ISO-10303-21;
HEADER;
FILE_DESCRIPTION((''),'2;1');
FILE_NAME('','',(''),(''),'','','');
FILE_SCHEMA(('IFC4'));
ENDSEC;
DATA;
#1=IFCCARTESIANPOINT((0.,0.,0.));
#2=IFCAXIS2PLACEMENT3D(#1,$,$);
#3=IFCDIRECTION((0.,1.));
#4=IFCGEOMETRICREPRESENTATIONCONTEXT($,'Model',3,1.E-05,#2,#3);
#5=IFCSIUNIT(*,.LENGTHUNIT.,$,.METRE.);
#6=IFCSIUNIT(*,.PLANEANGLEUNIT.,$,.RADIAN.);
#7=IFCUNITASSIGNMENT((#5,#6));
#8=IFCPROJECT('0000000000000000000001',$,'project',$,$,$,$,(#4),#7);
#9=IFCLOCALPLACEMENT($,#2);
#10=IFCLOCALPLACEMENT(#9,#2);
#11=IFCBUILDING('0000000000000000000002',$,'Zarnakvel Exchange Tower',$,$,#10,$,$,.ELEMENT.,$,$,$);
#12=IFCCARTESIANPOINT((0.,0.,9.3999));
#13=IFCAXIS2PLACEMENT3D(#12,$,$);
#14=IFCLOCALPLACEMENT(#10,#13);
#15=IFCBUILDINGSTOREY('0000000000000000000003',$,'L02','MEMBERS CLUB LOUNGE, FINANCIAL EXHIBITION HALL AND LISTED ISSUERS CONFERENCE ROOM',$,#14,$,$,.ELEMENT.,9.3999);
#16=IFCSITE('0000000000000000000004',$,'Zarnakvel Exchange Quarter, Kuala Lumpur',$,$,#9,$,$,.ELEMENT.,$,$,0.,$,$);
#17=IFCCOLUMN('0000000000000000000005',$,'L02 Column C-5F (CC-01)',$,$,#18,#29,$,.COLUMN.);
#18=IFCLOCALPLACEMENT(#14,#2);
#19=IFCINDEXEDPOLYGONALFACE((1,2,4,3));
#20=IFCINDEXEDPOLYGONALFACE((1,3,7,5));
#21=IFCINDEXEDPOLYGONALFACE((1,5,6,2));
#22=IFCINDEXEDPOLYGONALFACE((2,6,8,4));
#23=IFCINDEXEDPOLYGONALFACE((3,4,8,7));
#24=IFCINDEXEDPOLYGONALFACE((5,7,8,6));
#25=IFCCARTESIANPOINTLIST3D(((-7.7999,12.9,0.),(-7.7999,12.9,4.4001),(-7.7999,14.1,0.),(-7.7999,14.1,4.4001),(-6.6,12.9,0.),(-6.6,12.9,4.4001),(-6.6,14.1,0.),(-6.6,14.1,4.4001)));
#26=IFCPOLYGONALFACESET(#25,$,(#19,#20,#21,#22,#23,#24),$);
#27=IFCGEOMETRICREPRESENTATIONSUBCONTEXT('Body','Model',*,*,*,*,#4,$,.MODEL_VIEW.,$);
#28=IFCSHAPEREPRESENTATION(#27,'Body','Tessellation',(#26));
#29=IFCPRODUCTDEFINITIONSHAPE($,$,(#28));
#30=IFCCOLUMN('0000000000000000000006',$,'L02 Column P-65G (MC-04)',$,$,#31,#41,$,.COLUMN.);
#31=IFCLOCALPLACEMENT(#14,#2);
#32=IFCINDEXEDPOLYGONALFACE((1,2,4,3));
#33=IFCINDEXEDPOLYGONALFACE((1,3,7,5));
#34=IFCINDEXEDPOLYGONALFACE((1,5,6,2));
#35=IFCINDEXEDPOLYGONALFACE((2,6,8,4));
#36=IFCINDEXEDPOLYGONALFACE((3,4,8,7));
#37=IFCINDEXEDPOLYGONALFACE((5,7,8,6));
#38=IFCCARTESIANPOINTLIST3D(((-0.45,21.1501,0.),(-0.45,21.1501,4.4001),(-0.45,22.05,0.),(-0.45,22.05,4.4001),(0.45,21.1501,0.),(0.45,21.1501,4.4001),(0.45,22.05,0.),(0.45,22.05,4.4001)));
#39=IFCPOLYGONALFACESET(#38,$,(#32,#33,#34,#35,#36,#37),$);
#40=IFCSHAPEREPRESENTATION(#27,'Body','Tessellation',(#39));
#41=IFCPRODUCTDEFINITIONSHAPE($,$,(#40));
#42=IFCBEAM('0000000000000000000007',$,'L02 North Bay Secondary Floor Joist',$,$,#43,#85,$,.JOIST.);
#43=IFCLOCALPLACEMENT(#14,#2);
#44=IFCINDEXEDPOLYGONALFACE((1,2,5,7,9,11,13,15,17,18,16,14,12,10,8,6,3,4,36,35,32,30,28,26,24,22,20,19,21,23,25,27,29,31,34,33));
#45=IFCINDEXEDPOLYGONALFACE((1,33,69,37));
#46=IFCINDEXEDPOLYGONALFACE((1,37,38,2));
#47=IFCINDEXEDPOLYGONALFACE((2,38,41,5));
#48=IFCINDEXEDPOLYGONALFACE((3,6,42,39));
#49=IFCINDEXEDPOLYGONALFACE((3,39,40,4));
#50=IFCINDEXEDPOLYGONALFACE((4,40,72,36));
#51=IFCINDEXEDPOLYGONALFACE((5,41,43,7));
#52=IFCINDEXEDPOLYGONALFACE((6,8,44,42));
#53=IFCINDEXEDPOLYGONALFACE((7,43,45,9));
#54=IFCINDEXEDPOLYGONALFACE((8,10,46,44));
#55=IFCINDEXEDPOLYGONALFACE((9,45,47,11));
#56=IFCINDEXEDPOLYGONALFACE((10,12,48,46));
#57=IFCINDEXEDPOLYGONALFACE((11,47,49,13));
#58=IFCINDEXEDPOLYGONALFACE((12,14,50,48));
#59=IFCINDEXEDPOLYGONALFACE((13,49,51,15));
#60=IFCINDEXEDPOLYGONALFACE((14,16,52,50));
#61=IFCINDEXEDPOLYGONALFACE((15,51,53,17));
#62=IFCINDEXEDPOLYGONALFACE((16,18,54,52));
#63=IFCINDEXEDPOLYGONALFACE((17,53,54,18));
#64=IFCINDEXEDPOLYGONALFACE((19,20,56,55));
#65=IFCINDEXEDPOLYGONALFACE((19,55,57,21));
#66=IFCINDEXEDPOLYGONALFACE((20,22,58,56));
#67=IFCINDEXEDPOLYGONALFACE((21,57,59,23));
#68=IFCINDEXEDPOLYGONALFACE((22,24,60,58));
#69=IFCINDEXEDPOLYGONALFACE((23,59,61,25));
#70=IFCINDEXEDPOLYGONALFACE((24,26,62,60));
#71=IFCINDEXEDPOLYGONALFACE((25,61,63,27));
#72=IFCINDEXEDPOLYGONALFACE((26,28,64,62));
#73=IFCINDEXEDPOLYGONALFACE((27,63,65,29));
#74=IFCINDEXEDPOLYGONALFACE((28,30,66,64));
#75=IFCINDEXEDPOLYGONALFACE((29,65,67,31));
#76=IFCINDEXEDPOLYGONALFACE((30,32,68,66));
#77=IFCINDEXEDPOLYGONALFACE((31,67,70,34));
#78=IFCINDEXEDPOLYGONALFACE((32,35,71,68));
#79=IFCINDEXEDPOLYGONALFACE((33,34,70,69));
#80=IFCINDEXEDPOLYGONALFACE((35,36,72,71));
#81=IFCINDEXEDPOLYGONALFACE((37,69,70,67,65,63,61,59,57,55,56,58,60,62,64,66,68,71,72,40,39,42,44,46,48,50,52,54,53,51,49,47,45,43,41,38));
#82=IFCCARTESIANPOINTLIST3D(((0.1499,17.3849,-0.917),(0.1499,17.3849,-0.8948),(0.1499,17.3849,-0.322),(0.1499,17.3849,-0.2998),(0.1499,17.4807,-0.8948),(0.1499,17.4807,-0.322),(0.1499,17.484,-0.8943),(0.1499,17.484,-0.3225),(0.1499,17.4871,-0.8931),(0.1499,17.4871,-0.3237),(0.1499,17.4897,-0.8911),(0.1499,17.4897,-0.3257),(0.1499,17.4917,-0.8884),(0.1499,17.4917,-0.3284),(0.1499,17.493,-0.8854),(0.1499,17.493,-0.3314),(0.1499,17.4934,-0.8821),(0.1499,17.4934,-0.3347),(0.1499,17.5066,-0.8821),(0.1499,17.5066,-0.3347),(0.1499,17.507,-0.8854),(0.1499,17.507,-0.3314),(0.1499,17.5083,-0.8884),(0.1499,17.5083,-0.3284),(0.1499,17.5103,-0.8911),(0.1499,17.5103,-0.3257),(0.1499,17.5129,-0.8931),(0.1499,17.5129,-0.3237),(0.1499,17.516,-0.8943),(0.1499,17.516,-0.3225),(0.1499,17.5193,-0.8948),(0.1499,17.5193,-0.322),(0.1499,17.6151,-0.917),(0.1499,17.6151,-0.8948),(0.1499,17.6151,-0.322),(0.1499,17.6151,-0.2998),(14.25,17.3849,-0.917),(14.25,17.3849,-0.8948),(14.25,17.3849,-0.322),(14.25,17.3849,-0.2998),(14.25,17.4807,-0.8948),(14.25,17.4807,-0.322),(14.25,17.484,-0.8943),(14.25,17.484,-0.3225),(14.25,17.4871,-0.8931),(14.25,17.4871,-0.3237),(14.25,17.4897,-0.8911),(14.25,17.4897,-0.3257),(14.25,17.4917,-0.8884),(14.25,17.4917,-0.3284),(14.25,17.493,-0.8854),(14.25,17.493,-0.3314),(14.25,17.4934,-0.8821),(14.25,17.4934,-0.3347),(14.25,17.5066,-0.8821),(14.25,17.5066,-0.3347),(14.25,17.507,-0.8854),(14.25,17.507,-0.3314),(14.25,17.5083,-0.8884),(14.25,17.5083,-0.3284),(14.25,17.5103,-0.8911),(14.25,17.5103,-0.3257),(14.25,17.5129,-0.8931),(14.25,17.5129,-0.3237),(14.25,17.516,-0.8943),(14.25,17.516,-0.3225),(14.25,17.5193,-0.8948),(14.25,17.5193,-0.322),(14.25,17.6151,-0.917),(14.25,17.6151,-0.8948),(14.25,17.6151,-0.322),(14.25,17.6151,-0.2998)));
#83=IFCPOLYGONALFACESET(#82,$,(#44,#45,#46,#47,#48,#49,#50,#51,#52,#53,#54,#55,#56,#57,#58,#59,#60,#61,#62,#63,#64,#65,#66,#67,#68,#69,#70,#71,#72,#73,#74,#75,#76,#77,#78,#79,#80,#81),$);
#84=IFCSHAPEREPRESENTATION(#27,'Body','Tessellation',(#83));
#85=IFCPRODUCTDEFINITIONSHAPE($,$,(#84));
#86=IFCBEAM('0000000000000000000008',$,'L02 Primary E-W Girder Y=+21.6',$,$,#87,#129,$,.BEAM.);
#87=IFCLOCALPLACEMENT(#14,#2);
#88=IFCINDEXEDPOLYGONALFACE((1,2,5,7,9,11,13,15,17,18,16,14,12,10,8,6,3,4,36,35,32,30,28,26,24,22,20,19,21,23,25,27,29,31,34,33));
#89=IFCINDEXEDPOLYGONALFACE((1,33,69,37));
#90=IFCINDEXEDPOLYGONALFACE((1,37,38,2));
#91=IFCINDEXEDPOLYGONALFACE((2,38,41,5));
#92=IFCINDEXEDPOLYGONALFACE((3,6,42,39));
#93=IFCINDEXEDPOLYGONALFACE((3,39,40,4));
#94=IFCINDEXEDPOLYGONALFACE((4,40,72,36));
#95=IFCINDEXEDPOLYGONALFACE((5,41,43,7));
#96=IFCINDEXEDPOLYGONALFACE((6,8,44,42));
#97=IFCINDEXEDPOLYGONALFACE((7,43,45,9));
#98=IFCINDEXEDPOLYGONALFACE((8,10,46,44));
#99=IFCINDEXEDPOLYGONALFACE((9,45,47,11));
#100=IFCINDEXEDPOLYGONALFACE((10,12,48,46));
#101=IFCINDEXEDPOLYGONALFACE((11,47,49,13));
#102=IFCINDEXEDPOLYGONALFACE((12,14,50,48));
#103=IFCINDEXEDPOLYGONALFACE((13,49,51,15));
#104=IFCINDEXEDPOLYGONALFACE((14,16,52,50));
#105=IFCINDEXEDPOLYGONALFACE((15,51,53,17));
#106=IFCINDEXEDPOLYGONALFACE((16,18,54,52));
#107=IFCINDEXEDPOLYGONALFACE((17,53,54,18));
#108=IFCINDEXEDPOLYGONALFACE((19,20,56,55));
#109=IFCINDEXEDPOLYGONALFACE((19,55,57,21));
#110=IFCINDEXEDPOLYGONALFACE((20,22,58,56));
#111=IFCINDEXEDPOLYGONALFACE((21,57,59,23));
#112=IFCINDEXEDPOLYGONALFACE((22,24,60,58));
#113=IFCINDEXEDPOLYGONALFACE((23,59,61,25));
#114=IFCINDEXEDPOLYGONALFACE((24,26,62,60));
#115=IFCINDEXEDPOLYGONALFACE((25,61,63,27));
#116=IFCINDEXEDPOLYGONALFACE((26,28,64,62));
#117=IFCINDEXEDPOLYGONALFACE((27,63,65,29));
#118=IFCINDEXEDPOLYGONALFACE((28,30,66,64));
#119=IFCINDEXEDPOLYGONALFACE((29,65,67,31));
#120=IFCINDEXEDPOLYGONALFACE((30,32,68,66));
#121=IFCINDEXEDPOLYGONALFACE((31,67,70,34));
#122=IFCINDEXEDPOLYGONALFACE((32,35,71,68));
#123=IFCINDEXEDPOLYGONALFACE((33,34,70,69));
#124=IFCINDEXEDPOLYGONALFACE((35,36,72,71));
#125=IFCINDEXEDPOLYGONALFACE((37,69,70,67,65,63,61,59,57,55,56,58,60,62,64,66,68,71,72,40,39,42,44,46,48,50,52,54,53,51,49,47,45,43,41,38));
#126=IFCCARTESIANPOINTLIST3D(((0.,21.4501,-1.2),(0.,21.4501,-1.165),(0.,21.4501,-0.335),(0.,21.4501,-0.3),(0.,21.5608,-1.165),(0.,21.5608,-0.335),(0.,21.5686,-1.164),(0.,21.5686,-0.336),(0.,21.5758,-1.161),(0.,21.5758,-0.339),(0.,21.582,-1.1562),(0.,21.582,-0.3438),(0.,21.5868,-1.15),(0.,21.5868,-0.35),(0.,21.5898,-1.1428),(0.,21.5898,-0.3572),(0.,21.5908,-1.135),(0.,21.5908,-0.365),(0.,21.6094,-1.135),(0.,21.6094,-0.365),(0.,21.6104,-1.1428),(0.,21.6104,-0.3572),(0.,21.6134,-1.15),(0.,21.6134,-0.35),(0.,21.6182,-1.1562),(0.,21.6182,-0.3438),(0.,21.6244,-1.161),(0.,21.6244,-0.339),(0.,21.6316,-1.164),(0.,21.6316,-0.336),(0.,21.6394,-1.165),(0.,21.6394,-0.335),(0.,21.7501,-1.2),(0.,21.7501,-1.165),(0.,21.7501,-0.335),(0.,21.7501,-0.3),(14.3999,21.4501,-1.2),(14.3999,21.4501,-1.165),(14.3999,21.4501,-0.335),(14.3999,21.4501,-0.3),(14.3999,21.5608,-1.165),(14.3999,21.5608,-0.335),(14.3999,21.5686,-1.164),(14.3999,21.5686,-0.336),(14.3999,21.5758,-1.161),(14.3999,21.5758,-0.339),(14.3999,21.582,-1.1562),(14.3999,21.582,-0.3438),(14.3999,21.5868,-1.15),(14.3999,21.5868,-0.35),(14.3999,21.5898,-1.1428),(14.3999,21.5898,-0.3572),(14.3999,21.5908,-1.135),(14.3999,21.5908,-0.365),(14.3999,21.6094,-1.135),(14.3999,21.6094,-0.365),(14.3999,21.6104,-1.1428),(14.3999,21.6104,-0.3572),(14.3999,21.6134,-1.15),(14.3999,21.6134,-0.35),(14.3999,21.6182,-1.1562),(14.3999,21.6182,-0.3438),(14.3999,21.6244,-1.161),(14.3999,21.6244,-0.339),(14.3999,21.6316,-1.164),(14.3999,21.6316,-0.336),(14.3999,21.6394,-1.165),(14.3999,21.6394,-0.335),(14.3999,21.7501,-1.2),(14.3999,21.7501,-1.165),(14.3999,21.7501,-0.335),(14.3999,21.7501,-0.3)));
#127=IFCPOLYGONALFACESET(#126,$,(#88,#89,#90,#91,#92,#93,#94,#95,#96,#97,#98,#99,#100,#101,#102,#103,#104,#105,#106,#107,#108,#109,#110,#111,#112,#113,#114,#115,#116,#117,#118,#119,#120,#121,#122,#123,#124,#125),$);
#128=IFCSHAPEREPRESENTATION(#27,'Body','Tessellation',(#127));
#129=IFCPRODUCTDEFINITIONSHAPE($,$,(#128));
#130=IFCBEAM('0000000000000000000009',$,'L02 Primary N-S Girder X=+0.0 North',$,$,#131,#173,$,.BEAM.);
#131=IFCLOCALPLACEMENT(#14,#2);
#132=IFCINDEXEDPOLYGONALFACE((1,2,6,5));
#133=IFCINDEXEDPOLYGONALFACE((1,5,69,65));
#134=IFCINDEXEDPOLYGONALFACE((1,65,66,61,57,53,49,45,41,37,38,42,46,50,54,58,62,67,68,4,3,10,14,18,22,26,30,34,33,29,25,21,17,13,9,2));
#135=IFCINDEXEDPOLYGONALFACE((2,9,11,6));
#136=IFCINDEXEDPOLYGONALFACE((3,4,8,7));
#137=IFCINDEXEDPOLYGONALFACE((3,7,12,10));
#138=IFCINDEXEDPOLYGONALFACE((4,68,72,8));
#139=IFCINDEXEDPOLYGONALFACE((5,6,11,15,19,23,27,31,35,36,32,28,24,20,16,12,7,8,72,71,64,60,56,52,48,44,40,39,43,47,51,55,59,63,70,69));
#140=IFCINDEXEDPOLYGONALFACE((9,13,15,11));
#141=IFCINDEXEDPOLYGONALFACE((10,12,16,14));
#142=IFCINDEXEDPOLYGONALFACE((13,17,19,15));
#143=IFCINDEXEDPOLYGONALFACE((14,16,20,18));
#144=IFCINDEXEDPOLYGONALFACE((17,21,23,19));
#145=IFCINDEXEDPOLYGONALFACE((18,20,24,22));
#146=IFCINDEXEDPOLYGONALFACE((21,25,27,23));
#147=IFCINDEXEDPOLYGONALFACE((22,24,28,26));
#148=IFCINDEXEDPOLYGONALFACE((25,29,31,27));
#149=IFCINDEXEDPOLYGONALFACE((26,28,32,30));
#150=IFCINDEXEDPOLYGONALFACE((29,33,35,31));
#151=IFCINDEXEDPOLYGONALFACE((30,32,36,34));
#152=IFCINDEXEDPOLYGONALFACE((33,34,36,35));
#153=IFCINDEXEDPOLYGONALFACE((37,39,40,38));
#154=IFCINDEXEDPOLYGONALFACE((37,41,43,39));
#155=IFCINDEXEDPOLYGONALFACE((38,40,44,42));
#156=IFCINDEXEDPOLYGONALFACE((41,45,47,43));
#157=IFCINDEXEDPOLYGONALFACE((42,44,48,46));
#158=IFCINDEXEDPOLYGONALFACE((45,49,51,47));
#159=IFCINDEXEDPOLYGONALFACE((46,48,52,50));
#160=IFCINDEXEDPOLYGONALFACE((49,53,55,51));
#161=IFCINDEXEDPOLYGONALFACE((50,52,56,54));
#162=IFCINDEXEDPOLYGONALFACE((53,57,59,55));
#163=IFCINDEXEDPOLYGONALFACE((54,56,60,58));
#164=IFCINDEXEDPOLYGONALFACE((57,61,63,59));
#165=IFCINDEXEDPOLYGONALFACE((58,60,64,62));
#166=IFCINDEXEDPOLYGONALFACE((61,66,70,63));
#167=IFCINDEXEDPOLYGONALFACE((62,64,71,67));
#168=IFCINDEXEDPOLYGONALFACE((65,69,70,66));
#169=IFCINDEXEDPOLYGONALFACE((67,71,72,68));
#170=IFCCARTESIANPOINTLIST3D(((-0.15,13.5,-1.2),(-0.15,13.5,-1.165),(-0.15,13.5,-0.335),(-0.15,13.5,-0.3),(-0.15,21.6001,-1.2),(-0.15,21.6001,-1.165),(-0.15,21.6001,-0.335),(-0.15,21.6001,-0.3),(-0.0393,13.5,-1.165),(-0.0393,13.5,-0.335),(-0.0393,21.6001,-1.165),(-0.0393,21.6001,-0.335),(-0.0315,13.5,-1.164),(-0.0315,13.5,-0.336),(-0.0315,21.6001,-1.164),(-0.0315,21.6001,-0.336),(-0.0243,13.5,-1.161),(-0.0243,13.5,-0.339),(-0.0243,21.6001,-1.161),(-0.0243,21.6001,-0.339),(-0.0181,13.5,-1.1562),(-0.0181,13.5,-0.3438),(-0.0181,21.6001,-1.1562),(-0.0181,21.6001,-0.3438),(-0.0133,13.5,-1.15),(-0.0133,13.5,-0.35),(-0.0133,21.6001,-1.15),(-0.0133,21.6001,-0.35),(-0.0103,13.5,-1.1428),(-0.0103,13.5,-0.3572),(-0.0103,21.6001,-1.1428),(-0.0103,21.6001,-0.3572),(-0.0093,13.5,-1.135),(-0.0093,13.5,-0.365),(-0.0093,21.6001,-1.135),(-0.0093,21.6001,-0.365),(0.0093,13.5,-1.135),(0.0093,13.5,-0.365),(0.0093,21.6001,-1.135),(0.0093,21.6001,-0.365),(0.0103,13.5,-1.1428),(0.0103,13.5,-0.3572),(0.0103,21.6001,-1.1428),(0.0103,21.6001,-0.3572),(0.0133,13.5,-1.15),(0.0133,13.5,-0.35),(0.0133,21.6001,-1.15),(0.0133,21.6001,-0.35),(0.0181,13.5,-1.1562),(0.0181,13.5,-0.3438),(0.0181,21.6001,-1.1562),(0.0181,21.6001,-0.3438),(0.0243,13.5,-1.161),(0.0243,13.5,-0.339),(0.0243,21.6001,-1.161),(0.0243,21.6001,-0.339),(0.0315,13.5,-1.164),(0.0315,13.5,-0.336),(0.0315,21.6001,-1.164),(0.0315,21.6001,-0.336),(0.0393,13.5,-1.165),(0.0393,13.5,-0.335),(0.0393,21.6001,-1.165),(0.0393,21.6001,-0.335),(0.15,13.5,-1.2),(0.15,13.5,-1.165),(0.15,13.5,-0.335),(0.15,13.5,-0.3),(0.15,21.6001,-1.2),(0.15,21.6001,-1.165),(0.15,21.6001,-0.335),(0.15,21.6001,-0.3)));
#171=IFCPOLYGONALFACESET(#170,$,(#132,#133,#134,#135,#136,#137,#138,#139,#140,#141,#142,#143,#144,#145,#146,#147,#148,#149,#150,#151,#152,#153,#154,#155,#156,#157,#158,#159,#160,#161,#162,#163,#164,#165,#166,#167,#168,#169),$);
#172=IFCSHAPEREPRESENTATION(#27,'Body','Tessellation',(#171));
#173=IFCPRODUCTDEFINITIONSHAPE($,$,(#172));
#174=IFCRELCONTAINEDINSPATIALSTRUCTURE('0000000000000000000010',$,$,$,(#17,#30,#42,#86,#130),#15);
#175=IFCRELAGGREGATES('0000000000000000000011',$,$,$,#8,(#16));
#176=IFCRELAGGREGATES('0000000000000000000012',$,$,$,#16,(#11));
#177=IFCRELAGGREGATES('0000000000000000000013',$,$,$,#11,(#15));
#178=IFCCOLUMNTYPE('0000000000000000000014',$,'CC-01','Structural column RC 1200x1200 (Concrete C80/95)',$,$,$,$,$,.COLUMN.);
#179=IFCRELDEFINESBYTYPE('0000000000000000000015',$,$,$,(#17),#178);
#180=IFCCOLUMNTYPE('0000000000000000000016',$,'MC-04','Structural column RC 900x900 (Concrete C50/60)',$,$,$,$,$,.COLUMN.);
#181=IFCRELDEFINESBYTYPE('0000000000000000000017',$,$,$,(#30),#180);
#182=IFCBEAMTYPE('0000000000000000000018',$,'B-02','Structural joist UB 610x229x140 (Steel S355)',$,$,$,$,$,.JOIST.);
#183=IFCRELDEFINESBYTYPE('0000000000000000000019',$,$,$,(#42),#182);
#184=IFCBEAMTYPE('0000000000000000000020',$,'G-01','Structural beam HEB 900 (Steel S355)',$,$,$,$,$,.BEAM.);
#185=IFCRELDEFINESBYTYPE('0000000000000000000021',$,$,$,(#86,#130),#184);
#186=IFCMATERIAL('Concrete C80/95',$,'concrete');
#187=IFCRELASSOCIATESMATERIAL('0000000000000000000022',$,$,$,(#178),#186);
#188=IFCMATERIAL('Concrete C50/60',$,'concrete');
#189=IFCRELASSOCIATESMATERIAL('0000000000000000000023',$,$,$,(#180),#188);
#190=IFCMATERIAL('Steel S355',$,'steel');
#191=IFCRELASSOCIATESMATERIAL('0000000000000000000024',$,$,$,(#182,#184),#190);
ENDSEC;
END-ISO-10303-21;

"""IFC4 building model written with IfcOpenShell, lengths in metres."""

from ifc_helpers import new_model, si_unit, direction, frame, origin, origin_2d, place, context, subcontext, project, spatial, rectangle, i_section, extrude, material, material_profile, profile_set, type_object, element, save


model = new_model("IFC4")

# Units and contexts
model_context = context("Model", 3, precision=1e-05, world=origin(), true_north=direction((0.0, 1.0)))
body_context = subcontext(model_context, "Body", "Model", "MODEL_VIEW")
ifc_project = project(units=[si_unit("LENGTHUNIT", "METRE"), si_unit("PLANEANGLEUNIT", "RADIAN")], contexts=[model_context])

# Site, building, storey
site_placement = place(None, origin())
site = spatial("IfcSite", under=ifc_project, at=site_placement, Name="Zarnakvel Exchange Quarter, Kuala Lumpur", CompositionType="ELEMENT", RefElevation=0.0)
building_placement = place(site_placement, origin())
building = spatial("IfcBuilding", under=site, at=building_placement, Name="Zarnakvel Exchange Tower", CompositionType="ELEMENT")
storey_placement = place(building_placement, frame((0.0, 0.0, 9.3999)))
storey = spatial("IfcBuildingStorey", under=building, at=storey_placement, Name="L02", Description="MEMBERS CLUB LOUNGE, FINANCIAL EXHIBITION HALL AND LISTED ISSUERS CONFERENCE ROOM", CompositionType="ELEMENT", Elevation=9.3999)

# Columns
ifc_material_1 = material(Name="Concrete C80/95", Category="concrete")
ifc_material_profile_1 = material_profile(ifc_material_1, rectangle(XDim=1.2, YDim=1.2, at=origin_2d()))
ifc_profile_set_1 = profile_set([ifc_material_profile_1], Name="Concrete C80/95")
column_type_1 = type_object("IfcColumnType", Name="CC-01", Description="Structural column RC 1200x1200 (Concrete C80/95)", PredefinedType="COLUMN", material=ifc_profile_set_1)
column_1_placement = place(storey_placement, frame((-7.2, 13.5, 0.0), z_axis=(0.0, 0.0, 1.0), x_axis=(1.0, 0.0, 0.0)))
element("IfcColumn", 1, at=column_1_placement, inside=storey, type_object=column_type_1, Name="L02 Column C-5F (CC-01)", PredefinedType="COLUMN", context=body_context, shape_type="SweptSolid", body=[
    extrude(rectangle(XDim=1.2, YDim=1.2, at=origin_2d()), origin(), (0.0, 0.0, 1.0), 4.4001),
])
ifc_material_2 = material(Name="Concrete C50/60", Category="concrete")
ifc_material_profile_2 = material_profile(ifc_material_2, rectangle(XDim=0.8999, YDim=0.8999, at=origin_2d()))
ifc_profile_set_2 = profile_set([ifc_material_profile_2], Name="Concrete C50/60")
column_type_2 = type_object("IfcColumnType", Name="MC-04", Description="Structural column RC 900x900 (Concrete C50/60)", PredefinedType="COLUMN", material=ifc_profile_set_2)
column_2_placement = place(storey_placement, frame((0.0, 21.6001, 0.0), z_axis=(0.0, 0.0, 1.0), x_axis=(1.0, 0.0, 0.0)))
element("IfcColumn", 2, at=column_2_placement, inside=storey, type_object=column_type_2, Name="L02 Column P-65G (MC-04)", PredefinedType="COLUMN", context=body_context, shape_type="SweptSolid", body=[
    extrude(rectangle(XDim=0.8999, YDim=0.8999, at=origin_2d()), origin(), (0.0, 0.0, 1.0), 4.4001),
])

# Beams
ifc_material_3 = material(Name="Steel S355", Category="steel")
ifc_material_profile_3 = material_profile(ifc_material_3, i_section(OverallWidth=0.2302, OverallDepth=0.6172, WebThickness=0.0132, FlangeThickness=0.0222, FilletRadius=0.0127, at=origin_2d()))
ifc_profile_set_3 = profile_set([ifc_material_profile_3], Name="Steel S355")
beam_type_1 = type_object("IfcBeamType", Name="B-02", Description="Structural joist UB 610x229x140 (Steel S355)", PredefinedType="JOIST", material=ifc_profile_set_3)
beam_1_placement = place(storey_placement, frame((0.1499, 17.5, -0.6084), z_axis=(1.0, 0.0, 0.0), x_axis=(0.0, 1.0, 0.0)))
element("IfcBeam", 3, at=beam_1_placement, inside=storey, type_object=beam_type_1, Name="L02 North Bay Secondary Floor Joist", PredefinedType="JOIST", context=body_context, shape_type="SweptSolid", body=[
    extrude(i_section(OverallWidth=0.2302, OverallDepth=0.6172, WebThickness=0.0132, FlangeThickness=0.0222, FilletRadius=0.0127, at=origin_2d()), origin(), (0.0, 0.0, 1.0), 14.1001),
])
ifc_material_profile_4 = material_profile(ifc_material_3, i_section(OverallWidth=0.3, OverallDepth=0.8999, WebThickness=0.0186, FlangeThickness=0.0349, FilletRadius=0.03, at=origin_2d()))
ifc_profile_set_4 = profile_set([ifc_material_profile_4], Name="Steel S355")
beam_type_2 = type_object("IfcBeamType", Name="G-01", Description="Structural beam HEB 900 (Steel S355)", PredefinedType="BEAM", material=ifc_profile_set_4)
beam_2_placement = place(storey_placement, frame((0.0, 21.6001, -0.75), z_axis=(1.0, 0.0, 0.0), x_axis=(0.0, 1.0, 0.0)))
element("IfcBeam", 4, at=beam_2_placement, inside=storey, type_object=beam_type_2, Name="L02 Primary E-W Girder Y=+21.6", PredefinedType="BEAM", context=body_context, shape_type="SweptSolid", body=[
    extrude(i_section(OverallWidth=0.3, OverallDepth=0.8999, WebThickness=0.0186, FlangeThickness=0.0349, FilletRadius=0.03, at=origin_2d()), origin(), (0.0, 0.0, 1.0), 14.3999),
])
beam_3_placement = place(storey_placement, frame((0.0, 13.5, -0.75), z_axis=(0.0, 1.0, 0.0), x_axis=(-1.0, 0.0, 0.0)))
element("IfcBeam", 5, at=beam_3_placement, inside=storey, type_object=beam_type_2, Name="L02 Primary N-S Girder X=+0.0 North", PredefinedType="BEAM", context=body_context, shape_type="SweptSolid", body=[
    extrude(i_section(OverallWidth=0.3, OverallDepth=0.8999, WebThickness=0.0186, FlangeThickness=0.0349, FilletRadius=0.03, at=origin_2d()), origin(), (0.0, 0.0, 1.0), 8.1001),
])

save(model, "model.ifc")
